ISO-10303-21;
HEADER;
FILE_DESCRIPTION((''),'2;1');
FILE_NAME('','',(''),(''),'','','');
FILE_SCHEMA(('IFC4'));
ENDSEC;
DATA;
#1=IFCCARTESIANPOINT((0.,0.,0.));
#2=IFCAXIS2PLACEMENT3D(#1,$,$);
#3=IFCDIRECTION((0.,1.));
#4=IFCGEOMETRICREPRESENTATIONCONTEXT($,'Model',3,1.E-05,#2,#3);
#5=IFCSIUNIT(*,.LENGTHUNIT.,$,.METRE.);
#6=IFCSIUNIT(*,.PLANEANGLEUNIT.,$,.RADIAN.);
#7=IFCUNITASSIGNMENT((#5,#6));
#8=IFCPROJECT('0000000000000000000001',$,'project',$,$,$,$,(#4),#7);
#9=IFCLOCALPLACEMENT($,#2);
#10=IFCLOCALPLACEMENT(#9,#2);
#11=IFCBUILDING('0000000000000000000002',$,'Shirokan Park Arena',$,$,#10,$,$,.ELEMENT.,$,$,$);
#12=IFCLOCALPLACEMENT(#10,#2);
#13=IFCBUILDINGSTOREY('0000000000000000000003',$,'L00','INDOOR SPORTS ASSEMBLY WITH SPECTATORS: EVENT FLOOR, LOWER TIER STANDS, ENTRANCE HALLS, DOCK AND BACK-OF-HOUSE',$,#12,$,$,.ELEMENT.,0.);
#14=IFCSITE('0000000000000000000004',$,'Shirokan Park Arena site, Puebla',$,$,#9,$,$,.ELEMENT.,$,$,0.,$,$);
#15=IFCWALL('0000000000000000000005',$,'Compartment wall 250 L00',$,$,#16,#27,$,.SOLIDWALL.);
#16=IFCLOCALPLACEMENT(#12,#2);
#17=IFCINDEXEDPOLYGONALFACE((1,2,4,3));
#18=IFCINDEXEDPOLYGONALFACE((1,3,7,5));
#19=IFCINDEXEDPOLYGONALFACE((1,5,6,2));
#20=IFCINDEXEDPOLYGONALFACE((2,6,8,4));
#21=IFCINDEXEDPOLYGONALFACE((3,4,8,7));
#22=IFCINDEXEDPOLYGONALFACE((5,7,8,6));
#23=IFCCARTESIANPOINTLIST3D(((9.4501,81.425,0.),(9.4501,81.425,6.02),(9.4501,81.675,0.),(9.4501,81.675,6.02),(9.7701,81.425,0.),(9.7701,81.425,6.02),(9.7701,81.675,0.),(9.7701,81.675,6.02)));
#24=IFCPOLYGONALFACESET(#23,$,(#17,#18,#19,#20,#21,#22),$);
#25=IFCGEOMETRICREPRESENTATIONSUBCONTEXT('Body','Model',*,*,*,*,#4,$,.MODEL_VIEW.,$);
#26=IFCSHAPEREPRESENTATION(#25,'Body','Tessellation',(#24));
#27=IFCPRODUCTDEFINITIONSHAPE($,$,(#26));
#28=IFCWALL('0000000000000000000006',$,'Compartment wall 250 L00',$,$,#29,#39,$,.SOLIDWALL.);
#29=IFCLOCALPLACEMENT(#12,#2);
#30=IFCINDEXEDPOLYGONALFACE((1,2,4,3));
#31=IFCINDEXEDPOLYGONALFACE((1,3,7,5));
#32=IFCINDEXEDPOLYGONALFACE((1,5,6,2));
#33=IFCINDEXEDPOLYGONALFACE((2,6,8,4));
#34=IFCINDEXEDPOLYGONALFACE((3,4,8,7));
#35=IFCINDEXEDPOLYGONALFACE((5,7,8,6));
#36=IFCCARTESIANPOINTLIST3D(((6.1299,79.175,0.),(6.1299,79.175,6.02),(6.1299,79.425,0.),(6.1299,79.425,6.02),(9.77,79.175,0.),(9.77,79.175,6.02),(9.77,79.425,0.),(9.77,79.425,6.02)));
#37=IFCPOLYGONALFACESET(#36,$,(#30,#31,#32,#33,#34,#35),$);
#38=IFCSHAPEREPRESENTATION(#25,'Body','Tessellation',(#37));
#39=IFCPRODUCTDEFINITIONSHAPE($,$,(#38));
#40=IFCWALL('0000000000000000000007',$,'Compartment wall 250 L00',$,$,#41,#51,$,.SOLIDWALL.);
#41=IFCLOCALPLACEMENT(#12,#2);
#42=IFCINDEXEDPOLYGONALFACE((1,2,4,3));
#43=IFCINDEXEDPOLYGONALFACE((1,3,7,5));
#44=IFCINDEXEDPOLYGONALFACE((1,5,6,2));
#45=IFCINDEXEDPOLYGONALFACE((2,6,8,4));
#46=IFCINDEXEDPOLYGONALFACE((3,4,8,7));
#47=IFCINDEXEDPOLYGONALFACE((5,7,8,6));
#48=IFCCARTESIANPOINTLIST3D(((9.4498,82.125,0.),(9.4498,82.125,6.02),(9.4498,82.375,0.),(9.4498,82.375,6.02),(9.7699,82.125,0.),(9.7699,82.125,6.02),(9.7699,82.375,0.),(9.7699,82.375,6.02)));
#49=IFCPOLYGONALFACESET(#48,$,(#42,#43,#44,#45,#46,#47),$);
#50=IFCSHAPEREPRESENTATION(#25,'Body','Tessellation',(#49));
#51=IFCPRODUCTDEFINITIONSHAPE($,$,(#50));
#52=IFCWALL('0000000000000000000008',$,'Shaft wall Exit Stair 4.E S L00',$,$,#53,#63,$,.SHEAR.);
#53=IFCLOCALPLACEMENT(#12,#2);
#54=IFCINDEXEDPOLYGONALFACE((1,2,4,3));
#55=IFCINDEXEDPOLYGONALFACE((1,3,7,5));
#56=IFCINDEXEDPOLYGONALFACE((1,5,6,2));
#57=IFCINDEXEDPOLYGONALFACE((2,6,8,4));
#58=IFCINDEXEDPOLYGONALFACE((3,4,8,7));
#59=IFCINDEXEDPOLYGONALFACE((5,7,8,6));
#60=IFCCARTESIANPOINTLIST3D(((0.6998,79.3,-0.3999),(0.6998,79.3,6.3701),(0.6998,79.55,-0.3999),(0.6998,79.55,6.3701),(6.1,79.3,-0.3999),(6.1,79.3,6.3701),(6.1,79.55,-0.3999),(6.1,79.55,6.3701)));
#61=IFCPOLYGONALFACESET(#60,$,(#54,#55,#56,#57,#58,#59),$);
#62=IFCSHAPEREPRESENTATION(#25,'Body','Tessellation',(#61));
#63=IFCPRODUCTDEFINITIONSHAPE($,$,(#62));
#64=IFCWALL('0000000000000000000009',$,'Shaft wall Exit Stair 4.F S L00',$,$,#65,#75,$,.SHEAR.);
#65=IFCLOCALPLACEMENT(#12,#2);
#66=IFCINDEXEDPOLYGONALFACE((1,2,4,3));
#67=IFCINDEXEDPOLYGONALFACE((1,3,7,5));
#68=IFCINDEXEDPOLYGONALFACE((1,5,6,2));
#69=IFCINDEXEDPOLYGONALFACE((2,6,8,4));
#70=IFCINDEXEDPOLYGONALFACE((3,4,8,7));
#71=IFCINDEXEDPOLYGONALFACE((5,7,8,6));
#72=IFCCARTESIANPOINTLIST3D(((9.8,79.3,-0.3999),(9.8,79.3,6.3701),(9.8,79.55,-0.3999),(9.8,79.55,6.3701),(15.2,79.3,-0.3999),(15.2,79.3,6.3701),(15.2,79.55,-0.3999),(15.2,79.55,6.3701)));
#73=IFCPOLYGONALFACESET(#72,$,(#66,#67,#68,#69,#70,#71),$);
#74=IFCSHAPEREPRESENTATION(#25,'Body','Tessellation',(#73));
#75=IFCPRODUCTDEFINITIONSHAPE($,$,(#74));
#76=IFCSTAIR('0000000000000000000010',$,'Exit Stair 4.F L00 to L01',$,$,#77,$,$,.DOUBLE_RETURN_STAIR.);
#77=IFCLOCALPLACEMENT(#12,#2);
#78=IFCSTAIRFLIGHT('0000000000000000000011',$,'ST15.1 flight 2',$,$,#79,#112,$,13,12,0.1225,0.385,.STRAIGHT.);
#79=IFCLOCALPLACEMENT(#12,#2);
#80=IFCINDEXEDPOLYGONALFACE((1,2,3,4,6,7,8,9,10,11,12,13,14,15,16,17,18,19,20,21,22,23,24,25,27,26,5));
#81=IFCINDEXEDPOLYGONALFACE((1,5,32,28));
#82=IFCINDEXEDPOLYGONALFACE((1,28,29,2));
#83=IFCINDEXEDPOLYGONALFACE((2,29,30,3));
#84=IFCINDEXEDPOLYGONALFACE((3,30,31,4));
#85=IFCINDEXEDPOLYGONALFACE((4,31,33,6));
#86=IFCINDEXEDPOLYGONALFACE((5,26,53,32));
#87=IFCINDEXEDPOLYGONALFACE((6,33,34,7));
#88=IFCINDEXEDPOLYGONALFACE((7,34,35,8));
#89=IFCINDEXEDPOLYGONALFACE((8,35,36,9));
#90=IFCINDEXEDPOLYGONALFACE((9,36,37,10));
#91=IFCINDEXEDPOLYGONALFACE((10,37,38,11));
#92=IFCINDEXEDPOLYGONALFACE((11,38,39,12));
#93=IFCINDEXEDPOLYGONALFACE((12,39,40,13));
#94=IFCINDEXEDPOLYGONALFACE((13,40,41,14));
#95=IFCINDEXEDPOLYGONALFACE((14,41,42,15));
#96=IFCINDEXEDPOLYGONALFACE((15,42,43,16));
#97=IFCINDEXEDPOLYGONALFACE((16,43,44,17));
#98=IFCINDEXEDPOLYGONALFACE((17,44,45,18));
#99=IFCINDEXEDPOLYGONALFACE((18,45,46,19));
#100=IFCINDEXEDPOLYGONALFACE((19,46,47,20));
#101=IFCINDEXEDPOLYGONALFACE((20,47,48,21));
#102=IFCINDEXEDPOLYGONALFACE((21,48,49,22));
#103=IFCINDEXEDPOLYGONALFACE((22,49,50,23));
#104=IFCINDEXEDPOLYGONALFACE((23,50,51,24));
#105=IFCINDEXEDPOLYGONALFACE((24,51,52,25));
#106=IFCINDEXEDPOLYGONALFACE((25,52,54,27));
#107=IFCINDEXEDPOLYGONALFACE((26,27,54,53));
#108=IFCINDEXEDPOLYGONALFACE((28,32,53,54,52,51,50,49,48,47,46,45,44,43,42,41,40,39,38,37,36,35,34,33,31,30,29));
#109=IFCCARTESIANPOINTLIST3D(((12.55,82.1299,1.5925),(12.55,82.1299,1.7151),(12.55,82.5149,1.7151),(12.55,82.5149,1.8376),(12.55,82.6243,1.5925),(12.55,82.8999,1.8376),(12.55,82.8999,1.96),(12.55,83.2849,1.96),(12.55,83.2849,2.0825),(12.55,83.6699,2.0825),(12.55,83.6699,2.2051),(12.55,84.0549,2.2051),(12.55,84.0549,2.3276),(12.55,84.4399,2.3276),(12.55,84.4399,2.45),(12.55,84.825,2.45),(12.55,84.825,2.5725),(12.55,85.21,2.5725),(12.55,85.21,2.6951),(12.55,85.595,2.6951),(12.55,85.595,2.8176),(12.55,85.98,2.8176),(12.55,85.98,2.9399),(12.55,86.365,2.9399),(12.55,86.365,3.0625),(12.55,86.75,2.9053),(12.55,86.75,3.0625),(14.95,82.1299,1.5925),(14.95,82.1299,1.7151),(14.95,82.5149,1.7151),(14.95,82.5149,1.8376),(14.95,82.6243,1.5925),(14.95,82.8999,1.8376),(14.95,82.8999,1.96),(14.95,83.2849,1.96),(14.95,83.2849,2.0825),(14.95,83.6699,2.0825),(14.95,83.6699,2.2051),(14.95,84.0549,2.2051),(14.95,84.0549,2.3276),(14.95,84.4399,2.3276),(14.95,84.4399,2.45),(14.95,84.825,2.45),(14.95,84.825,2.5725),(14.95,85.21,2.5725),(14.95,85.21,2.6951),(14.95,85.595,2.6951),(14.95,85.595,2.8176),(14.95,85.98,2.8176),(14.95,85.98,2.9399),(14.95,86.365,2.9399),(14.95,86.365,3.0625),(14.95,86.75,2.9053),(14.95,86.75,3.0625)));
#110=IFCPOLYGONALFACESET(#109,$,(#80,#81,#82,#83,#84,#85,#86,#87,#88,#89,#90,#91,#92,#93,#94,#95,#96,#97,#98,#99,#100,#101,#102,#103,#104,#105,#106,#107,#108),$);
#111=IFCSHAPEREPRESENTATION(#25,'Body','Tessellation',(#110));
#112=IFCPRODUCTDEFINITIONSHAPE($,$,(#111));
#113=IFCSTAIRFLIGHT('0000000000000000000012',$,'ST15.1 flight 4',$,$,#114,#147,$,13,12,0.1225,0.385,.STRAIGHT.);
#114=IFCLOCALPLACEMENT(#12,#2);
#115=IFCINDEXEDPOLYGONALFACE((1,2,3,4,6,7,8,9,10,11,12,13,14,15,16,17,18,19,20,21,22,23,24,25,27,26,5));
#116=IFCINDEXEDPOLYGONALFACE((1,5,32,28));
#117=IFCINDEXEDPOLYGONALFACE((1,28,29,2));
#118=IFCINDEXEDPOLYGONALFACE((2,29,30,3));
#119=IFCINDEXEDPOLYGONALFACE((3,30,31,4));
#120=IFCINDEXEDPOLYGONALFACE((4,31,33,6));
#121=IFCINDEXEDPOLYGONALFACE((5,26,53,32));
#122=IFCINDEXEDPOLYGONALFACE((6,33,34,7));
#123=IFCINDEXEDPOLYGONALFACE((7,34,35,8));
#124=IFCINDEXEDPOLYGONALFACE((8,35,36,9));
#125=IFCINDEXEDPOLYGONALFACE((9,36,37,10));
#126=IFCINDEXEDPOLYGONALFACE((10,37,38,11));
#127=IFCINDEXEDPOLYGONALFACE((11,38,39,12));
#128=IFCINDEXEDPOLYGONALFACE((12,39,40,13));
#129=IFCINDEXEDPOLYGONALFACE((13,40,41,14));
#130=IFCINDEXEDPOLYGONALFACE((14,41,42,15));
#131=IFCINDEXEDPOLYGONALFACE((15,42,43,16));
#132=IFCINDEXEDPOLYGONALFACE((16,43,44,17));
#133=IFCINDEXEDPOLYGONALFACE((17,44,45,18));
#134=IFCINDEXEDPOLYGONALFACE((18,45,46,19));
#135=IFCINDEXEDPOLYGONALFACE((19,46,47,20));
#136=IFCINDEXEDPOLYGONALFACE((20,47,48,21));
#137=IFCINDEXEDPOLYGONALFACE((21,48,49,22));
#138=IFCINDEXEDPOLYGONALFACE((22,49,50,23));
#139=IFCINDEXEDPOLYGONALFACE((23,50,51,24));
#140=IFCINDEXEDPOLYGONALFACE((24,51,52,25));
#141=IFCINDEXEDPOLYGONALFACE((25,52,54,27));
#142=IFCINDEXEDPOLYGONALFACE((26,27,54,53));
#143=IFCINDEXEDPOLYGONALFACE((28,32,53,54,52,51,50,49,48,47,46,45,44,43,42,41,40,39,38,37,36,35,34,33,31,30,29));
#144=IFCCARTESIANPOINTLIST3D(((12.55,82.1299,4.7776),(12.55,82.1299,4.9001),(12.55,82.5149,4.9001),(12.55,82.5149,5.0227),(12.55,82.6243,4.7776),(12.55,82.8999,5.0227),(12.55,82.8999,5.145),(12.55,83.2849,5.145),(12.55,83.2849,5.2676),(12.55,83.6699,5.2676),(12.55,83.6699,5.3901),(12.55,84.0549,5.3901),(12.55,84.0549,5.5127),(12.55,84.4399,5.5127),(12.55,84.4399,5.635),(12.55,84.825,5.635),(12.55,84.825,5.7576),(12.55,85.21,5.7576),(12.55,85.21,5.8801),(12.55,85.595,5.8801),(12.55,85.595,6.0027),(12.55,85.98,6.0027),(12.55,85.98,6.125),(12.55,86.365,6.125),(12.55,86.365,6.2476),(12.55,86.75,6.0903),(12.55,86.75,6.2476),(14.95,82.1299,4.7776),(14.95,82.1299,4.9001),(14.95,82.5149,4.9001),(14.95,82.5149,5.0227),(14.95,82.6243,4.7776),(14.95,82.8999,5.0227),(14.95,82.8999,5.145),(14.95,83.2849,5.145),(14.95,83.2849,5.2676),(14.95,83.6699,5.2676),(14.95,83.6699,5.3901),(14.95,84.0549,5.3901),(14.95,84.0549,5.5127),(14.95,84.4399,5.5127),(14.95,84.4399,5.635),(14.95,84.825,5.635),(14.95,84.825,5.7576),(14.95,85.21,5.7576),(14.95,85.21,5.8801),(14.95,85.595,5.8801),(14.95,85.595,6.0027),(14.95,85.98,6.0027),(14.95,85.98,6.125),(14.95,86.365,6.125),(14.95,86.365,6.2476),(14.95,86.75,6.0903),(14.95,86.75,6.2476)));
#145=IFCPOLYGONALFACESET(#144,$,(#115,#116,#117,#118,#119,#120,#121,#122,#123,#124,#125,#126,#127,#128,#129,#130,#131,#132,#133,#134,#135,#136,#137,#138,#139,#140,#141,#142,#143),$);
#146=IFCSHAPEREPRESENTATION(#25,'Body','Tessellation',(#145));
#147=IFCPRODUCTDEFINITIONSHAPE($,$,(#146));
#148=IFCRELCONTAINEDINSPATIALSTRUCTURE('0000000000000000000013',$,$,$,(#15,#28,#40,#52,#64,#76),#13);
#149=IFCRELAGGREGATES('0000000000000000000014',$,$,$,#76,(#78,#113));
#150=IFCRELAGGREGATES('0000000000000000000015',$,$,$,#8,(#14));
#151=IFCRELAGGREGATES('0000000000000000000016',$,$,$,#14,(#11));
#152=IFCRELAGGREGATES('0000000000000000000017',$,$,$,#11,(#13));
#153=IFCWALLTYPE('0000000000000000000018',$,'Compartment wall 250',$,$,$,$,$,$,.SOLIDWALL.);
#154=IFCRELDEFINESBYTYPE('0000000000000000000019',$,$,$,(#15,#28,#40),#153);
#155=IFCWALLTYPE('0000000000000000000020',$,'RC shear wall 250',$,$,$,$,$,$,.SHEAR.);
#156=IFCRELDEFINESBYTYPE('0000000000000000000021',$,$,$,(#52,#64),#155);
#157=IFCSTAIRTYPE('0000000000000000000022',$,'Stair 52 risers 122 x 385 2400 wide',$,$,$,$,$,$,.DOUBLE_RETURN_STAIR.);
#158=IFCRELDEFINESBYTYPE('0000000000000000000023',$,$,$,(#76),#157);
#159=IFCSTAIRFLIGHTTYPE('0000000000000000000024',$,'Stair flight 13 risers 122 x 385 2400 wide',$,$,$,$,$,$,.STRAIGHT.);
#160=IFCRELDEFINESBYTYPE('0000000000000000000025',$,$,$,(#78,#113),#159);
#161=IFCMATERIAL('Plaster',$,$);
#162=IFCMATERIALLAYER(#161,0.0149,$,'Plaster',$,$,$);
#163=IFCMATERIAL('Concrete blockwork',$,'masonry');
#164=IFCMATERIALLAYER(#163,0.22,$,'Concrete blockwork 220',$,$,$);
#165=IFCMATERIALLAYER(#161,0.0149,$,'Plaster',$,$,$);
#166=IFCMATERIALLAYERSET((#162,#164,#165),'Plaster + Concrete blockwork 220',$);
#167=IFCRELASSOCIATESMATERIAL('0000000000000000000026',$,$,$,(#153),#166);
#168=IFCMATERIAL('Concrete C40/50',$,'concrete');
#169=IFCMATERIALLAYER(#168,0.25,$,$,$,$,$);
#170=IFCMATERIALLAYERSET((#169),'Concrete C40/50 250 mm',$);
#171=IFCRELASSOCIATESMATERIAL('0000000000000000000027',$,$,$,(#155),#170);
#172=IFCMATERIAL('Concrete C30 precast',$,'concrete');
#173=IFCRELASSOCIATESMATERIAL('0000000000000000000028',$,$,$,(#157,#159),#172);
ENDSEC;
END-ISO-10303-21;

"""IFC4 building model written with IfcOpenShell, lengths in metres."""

from ifc_helpers import new_model, si_unit, direction, frame, frame_2d, origin, place, context, subcontext, project, spatial, polyline, rectangle, outline, extrude, material, layer, layer_set, type_object, element, aggregate, save


model = new_model("IFC4")

# Units and contexts
model_context = context("Model", 3, precision=1e-05, world=origin(), true_north=direction((0.0, 1.0)))
body_context = subcontext(model_context, "Body", "Model", "MODEL_VIEW")
ifc_project = project(units=[si_unit("LENGTHUNIT", "METRE"), si_unit("PLANEANGLEUNIT", "RADIAN")], contexts=[model_context])

# Site, building, storey
site_placement = place(None, origin())
site = spatial("IfcSite", under=ifc_project, at=site_placement, Name="Shirokan Park Arena site, Puebla", CompositionType="ELEMENT", RefElevation=0.0)
building_placement = place(site_placement, origin())
building = spatial("IfcBuilding", under=site, at=building_placement, Name="Shirokan Park Arena", CompositionType="ELEMENT")
storey_placement = place(building_placement, origin())
storey = spatial("IfcBuildingStorey", under=building, at=storey_placement, Name="L00", Description="INDOOR SPORTS ASSEMBLY WITH SPECTATORS: EVENT FLOOR, LOWER TIER STANDS, ENTRANCE HALLS, DOCK AND BACK-OF-HOUSE", CompositionType="ELEMENT", Elevation=0.0)

# Walls
ifc_material_1 = material(Name="Plaster")
ifc_layer_1 = layer(ifc_material_1, 0.0149, Name="Plaster")
ifc_material_2 = material(Name="Concrete blockwork", Category="masonry")
ifc_layer_2 = layer(ifc_material_2, 0.22, Name="Concrete blockwork 220")
ifc_layer_3 = layer(ifc_material_1, 0.0149, Name="Plaster")
ifc_layer_set_1 = layer_set([ifc_layer_1, ifc_layer_2, ifc_layer_3], Name="Plaster + Concrete blockwork 220")
wall_type_1 = type_object("IfcWallType", Name="Compartment wall 250", PredefinedType="SOLIDWALL", material=ifc_layer_set_1)
wall_1_placement = place(storey_placement, frame((9.45, 81.55, 0.0), z_axis=(0.0, 0.0, 1.0), x_axis=(1.0, 0.0, 0.0)))
element("IfcWall", 1, at=wall_1_placement, inside=storey, type_object=wall_type_1, Name="Compartment wall 250 L00", PredefinedType="SOLIDWALL", context=body_context, shape_type="SweptSolid", body=[
    extrude(rectangle(XDim=0.3201, YDim=0.25, at=frame_2d((0.1602, 0.0))), origin(), (0.0, 0.0, 1.0), 6.02),
])
wall_2_placement = place(storey_placement, frame((9.77, 79.3, 0.0), z_axis=(0.0, 0.0, 1.0), x_axis=(-1.0, 0.0, 0.0)))
element("IfcWall", 2, at=wall_2_placement, inside=storey, type_object=wall_type_1, Name="Compartment wall 250 L00", PredefinedType="SOLIDWALL", context=body_context, shape_type="SweptSolid", body=[
    extrude(rectangle(XDim=3.6401, YDim=0.25, at=frame_2d((1.8201, 0.0))), origin(), (0.0, 0.0, 1.0), 6.02),
])
wall_3_placement = place(storey_placement, frame((9.77, 82.25, 0.0), z_axis=(0.0, 0.0, 1.0), x_axis=(-1.0, 0.0, 0.0)))
element("IfcWall", 3, at=wall_3_placement, inside=storey, type_object=wall_type_1, Name="Compartment wall 250 L00", PredefinedType="SOLIDWALL", context=body_context, shape_type="SweptSolid", body=[
    extrude(rectangle(XDim=0.3201, YDim=0.25, at=frame_2d((0.1602, 0.0))), origin(), (0.0, 0.0, 1.0), 6.02),
])
ifc_material_3 = material(Name="Concrete C40/50", Category="concrete")
ifc_layer_4 = layer(ifc_material_3, 0.25)
ifc_layer_set_2 = layer_set([ifc_layer_4], Name="Concrete C40/50 250 mm")
wall_type_2 = type_object("IfcWallType", Name="RC shear wall 250", PredefinedType="SHEAR", material=ifc_layer_set_2)
wall_4_placement = place(storey_placement, frame((6.1001, 79.425, -0.3999), z_axis=(0.0, 0.0, 1.0), x_axis=(-1.0, 0.0, 0.0)))
element("IfcWall", 4, at=wall_4_placement, inside=storey, type_object=wall_type_2, Name="Shaft wall Exit Stair 4.E S L00", PredefinedType="SHEAR", context=body_context, shape_type="SweptSolid", body=[
    extrude(rectangle(XDim=5.4001, YDim=0.25, at=frame_2d((2.7002, 0.0))), origin(), (0.0, 0.0, 1.0), 6.77),
])
wall_5_placement = place(storey_placement, frame((15.2, 79.425, -0.3999), z_axis=(0.0, 0.0, 1.0), x_axis=(-1.0, 0.0, 0.0)))
element("IfcWall", 5, at=wall_5_placement, inside=storey, type_object=wall_type_2, Name="Shaft wall Exit Stair 4.F S L00", PredefinedType="SHEAR", context=body_context, shape_type="SweptSolid", body=[
    extrude(rectangle(XDim=5.3999, YDim=0.25, at=frame_2d((2.7, 0.0))), origin(), (0.0, 0.0, 1.0), 6.77),
])

# Stair, stair flights
ifc_material_4 = material(Name="Concrete C30 precast", Category="concrete")
stair_type = type_object("IfcStairType", Name="Stair 52 risers 122 x 385 2400 wide", PredefinedType="DOUBLE_RETURN_STAIR", material=ifc_material_4)
stair_placement = place(storey_placement, origin())
stair = element("IfcStair", 6, at=stair_placement, inside=storey, type_object=stair_type, Name="Exit Stair 4.F L00 to L01", PredefinedType="DOUBLE_RETURN_STAIR")
stair_flight_type = type_object("IfcStairFlightType", Name="Stair flight 13 risers 122 x 385 2400 wide", PredefinedType="STRAIGHT", material=ifc_material_4)
stair_flight_1_placement = place(storey_placement, frame((13.75, 82.1299, 1.5925), z_axis=(0.0, 0.0, 1.0), x_axis=(0.0, 1.0, 0.0)))
stair_flight_1 = element("IfcStairFlight", 7, at=stair_flight_1_placement, type_object=stair_flight_type, Name="ST15.1 flight 2", NumberOfRisers=13, NumberOfTreads=12, PredefinedType="STRAIGHT", RiserHeight=0.1225, TreadLength=0.385, context=body_context, shape_type="SweptSolid", body=[
    extrude(outline(polyline([(0.0, 0.0), (0.0, 0.1226), (0.385, 0.1226), (0.385, 0.2451), (0.77, 0.2451), (0.77, 0.3674), (1.155, 0.3674), (1.155, 0.49), (1.54, 0.49), (1.54, 0.6125), (1.925, 0.6125), (1.925, 0.7351), (2.3101, 0.7351), (2.3101, 0.8574), (2.6951, 0.8574), (2.6951, 0.98), (3.0801, 0.98), (3.0801, 1.1025), (3.4651, 1.1025), (3.4651, 1.2251), (3.8501, 1.2251), (3.8501, 1.3474), (4.2351, 1.3474), (4.2351, 1.47), (4.6201, 1.47), (4.6201, 1.5925), (4.6201, 1.3127), (0.4944, 0.0), (0.0, 0.0)])), frame((0.0, 1.2, 0.0), z_axis=(0.0, -1.0, 0.0), x_axis=(1.0, 0.0, 0.0)), (0.0, 0.0, 1.0), 2.3999),
])
stair_flight_2_placement = place(storey_placement, frame((13.75, 82.1299, 4.7776), z_axis=(0.0, 0.0, 1.0), x_axis=(0.0, 1.0, 0.0)))
stair_flight_2 = element("IfcStairFlight", 8, at=stair_flight_2_placement, type_object=stair_flight_type, Name="ST15.1 flight 4", NumberOfRisers=13, NumberOfTreads=12, PredefinedType="STRAIGHT", RiserHeight=0.1225, TreadLength=0.385, context=body_context, shape_type="SweptSolid", body=[
    extrude(outline(polyline([(0.0, 0.0), (0.0, 0.1226), (0.385, 0.1226), (0.385, 0.2451), (0.77, 0.2451), (0.77, 0.3674), (1.155, 0.3674), (1.155, 0.49), (1.54, 0.49), (1.54, 0.6125), (1.925, 0.6125), (1.925, 0.7351), (2.3101, 0.7351), (2.3101, 0.8574), (2.6951, 0.8574), (2.6951, 0.98), (3.0801, 0.98), (3.0801, 1.1025), (3.4651, 1.1025), (3.4651, 1.2251), (3.8501, 1.2251), (3.8501, 1.3474), (4.2351, 1.3474), (4.2351, 1.47), (4.6201, 1.47), (4.6201, 1.5925), (4.6201, 1.3127), (0.4944, 0.0), (0.0, 0.0)])), frame((0.0, 1.2, 0.0), z_axis=(0.0, -1.0, 0.0), x_axis=(1.0, 0.0, 0.0)), (0.0, 0.0, 1.0), 2.3999),
])
aggregate(stair, [stair_flight_1, stair_flight_2])

save(model, "model.ifc")
